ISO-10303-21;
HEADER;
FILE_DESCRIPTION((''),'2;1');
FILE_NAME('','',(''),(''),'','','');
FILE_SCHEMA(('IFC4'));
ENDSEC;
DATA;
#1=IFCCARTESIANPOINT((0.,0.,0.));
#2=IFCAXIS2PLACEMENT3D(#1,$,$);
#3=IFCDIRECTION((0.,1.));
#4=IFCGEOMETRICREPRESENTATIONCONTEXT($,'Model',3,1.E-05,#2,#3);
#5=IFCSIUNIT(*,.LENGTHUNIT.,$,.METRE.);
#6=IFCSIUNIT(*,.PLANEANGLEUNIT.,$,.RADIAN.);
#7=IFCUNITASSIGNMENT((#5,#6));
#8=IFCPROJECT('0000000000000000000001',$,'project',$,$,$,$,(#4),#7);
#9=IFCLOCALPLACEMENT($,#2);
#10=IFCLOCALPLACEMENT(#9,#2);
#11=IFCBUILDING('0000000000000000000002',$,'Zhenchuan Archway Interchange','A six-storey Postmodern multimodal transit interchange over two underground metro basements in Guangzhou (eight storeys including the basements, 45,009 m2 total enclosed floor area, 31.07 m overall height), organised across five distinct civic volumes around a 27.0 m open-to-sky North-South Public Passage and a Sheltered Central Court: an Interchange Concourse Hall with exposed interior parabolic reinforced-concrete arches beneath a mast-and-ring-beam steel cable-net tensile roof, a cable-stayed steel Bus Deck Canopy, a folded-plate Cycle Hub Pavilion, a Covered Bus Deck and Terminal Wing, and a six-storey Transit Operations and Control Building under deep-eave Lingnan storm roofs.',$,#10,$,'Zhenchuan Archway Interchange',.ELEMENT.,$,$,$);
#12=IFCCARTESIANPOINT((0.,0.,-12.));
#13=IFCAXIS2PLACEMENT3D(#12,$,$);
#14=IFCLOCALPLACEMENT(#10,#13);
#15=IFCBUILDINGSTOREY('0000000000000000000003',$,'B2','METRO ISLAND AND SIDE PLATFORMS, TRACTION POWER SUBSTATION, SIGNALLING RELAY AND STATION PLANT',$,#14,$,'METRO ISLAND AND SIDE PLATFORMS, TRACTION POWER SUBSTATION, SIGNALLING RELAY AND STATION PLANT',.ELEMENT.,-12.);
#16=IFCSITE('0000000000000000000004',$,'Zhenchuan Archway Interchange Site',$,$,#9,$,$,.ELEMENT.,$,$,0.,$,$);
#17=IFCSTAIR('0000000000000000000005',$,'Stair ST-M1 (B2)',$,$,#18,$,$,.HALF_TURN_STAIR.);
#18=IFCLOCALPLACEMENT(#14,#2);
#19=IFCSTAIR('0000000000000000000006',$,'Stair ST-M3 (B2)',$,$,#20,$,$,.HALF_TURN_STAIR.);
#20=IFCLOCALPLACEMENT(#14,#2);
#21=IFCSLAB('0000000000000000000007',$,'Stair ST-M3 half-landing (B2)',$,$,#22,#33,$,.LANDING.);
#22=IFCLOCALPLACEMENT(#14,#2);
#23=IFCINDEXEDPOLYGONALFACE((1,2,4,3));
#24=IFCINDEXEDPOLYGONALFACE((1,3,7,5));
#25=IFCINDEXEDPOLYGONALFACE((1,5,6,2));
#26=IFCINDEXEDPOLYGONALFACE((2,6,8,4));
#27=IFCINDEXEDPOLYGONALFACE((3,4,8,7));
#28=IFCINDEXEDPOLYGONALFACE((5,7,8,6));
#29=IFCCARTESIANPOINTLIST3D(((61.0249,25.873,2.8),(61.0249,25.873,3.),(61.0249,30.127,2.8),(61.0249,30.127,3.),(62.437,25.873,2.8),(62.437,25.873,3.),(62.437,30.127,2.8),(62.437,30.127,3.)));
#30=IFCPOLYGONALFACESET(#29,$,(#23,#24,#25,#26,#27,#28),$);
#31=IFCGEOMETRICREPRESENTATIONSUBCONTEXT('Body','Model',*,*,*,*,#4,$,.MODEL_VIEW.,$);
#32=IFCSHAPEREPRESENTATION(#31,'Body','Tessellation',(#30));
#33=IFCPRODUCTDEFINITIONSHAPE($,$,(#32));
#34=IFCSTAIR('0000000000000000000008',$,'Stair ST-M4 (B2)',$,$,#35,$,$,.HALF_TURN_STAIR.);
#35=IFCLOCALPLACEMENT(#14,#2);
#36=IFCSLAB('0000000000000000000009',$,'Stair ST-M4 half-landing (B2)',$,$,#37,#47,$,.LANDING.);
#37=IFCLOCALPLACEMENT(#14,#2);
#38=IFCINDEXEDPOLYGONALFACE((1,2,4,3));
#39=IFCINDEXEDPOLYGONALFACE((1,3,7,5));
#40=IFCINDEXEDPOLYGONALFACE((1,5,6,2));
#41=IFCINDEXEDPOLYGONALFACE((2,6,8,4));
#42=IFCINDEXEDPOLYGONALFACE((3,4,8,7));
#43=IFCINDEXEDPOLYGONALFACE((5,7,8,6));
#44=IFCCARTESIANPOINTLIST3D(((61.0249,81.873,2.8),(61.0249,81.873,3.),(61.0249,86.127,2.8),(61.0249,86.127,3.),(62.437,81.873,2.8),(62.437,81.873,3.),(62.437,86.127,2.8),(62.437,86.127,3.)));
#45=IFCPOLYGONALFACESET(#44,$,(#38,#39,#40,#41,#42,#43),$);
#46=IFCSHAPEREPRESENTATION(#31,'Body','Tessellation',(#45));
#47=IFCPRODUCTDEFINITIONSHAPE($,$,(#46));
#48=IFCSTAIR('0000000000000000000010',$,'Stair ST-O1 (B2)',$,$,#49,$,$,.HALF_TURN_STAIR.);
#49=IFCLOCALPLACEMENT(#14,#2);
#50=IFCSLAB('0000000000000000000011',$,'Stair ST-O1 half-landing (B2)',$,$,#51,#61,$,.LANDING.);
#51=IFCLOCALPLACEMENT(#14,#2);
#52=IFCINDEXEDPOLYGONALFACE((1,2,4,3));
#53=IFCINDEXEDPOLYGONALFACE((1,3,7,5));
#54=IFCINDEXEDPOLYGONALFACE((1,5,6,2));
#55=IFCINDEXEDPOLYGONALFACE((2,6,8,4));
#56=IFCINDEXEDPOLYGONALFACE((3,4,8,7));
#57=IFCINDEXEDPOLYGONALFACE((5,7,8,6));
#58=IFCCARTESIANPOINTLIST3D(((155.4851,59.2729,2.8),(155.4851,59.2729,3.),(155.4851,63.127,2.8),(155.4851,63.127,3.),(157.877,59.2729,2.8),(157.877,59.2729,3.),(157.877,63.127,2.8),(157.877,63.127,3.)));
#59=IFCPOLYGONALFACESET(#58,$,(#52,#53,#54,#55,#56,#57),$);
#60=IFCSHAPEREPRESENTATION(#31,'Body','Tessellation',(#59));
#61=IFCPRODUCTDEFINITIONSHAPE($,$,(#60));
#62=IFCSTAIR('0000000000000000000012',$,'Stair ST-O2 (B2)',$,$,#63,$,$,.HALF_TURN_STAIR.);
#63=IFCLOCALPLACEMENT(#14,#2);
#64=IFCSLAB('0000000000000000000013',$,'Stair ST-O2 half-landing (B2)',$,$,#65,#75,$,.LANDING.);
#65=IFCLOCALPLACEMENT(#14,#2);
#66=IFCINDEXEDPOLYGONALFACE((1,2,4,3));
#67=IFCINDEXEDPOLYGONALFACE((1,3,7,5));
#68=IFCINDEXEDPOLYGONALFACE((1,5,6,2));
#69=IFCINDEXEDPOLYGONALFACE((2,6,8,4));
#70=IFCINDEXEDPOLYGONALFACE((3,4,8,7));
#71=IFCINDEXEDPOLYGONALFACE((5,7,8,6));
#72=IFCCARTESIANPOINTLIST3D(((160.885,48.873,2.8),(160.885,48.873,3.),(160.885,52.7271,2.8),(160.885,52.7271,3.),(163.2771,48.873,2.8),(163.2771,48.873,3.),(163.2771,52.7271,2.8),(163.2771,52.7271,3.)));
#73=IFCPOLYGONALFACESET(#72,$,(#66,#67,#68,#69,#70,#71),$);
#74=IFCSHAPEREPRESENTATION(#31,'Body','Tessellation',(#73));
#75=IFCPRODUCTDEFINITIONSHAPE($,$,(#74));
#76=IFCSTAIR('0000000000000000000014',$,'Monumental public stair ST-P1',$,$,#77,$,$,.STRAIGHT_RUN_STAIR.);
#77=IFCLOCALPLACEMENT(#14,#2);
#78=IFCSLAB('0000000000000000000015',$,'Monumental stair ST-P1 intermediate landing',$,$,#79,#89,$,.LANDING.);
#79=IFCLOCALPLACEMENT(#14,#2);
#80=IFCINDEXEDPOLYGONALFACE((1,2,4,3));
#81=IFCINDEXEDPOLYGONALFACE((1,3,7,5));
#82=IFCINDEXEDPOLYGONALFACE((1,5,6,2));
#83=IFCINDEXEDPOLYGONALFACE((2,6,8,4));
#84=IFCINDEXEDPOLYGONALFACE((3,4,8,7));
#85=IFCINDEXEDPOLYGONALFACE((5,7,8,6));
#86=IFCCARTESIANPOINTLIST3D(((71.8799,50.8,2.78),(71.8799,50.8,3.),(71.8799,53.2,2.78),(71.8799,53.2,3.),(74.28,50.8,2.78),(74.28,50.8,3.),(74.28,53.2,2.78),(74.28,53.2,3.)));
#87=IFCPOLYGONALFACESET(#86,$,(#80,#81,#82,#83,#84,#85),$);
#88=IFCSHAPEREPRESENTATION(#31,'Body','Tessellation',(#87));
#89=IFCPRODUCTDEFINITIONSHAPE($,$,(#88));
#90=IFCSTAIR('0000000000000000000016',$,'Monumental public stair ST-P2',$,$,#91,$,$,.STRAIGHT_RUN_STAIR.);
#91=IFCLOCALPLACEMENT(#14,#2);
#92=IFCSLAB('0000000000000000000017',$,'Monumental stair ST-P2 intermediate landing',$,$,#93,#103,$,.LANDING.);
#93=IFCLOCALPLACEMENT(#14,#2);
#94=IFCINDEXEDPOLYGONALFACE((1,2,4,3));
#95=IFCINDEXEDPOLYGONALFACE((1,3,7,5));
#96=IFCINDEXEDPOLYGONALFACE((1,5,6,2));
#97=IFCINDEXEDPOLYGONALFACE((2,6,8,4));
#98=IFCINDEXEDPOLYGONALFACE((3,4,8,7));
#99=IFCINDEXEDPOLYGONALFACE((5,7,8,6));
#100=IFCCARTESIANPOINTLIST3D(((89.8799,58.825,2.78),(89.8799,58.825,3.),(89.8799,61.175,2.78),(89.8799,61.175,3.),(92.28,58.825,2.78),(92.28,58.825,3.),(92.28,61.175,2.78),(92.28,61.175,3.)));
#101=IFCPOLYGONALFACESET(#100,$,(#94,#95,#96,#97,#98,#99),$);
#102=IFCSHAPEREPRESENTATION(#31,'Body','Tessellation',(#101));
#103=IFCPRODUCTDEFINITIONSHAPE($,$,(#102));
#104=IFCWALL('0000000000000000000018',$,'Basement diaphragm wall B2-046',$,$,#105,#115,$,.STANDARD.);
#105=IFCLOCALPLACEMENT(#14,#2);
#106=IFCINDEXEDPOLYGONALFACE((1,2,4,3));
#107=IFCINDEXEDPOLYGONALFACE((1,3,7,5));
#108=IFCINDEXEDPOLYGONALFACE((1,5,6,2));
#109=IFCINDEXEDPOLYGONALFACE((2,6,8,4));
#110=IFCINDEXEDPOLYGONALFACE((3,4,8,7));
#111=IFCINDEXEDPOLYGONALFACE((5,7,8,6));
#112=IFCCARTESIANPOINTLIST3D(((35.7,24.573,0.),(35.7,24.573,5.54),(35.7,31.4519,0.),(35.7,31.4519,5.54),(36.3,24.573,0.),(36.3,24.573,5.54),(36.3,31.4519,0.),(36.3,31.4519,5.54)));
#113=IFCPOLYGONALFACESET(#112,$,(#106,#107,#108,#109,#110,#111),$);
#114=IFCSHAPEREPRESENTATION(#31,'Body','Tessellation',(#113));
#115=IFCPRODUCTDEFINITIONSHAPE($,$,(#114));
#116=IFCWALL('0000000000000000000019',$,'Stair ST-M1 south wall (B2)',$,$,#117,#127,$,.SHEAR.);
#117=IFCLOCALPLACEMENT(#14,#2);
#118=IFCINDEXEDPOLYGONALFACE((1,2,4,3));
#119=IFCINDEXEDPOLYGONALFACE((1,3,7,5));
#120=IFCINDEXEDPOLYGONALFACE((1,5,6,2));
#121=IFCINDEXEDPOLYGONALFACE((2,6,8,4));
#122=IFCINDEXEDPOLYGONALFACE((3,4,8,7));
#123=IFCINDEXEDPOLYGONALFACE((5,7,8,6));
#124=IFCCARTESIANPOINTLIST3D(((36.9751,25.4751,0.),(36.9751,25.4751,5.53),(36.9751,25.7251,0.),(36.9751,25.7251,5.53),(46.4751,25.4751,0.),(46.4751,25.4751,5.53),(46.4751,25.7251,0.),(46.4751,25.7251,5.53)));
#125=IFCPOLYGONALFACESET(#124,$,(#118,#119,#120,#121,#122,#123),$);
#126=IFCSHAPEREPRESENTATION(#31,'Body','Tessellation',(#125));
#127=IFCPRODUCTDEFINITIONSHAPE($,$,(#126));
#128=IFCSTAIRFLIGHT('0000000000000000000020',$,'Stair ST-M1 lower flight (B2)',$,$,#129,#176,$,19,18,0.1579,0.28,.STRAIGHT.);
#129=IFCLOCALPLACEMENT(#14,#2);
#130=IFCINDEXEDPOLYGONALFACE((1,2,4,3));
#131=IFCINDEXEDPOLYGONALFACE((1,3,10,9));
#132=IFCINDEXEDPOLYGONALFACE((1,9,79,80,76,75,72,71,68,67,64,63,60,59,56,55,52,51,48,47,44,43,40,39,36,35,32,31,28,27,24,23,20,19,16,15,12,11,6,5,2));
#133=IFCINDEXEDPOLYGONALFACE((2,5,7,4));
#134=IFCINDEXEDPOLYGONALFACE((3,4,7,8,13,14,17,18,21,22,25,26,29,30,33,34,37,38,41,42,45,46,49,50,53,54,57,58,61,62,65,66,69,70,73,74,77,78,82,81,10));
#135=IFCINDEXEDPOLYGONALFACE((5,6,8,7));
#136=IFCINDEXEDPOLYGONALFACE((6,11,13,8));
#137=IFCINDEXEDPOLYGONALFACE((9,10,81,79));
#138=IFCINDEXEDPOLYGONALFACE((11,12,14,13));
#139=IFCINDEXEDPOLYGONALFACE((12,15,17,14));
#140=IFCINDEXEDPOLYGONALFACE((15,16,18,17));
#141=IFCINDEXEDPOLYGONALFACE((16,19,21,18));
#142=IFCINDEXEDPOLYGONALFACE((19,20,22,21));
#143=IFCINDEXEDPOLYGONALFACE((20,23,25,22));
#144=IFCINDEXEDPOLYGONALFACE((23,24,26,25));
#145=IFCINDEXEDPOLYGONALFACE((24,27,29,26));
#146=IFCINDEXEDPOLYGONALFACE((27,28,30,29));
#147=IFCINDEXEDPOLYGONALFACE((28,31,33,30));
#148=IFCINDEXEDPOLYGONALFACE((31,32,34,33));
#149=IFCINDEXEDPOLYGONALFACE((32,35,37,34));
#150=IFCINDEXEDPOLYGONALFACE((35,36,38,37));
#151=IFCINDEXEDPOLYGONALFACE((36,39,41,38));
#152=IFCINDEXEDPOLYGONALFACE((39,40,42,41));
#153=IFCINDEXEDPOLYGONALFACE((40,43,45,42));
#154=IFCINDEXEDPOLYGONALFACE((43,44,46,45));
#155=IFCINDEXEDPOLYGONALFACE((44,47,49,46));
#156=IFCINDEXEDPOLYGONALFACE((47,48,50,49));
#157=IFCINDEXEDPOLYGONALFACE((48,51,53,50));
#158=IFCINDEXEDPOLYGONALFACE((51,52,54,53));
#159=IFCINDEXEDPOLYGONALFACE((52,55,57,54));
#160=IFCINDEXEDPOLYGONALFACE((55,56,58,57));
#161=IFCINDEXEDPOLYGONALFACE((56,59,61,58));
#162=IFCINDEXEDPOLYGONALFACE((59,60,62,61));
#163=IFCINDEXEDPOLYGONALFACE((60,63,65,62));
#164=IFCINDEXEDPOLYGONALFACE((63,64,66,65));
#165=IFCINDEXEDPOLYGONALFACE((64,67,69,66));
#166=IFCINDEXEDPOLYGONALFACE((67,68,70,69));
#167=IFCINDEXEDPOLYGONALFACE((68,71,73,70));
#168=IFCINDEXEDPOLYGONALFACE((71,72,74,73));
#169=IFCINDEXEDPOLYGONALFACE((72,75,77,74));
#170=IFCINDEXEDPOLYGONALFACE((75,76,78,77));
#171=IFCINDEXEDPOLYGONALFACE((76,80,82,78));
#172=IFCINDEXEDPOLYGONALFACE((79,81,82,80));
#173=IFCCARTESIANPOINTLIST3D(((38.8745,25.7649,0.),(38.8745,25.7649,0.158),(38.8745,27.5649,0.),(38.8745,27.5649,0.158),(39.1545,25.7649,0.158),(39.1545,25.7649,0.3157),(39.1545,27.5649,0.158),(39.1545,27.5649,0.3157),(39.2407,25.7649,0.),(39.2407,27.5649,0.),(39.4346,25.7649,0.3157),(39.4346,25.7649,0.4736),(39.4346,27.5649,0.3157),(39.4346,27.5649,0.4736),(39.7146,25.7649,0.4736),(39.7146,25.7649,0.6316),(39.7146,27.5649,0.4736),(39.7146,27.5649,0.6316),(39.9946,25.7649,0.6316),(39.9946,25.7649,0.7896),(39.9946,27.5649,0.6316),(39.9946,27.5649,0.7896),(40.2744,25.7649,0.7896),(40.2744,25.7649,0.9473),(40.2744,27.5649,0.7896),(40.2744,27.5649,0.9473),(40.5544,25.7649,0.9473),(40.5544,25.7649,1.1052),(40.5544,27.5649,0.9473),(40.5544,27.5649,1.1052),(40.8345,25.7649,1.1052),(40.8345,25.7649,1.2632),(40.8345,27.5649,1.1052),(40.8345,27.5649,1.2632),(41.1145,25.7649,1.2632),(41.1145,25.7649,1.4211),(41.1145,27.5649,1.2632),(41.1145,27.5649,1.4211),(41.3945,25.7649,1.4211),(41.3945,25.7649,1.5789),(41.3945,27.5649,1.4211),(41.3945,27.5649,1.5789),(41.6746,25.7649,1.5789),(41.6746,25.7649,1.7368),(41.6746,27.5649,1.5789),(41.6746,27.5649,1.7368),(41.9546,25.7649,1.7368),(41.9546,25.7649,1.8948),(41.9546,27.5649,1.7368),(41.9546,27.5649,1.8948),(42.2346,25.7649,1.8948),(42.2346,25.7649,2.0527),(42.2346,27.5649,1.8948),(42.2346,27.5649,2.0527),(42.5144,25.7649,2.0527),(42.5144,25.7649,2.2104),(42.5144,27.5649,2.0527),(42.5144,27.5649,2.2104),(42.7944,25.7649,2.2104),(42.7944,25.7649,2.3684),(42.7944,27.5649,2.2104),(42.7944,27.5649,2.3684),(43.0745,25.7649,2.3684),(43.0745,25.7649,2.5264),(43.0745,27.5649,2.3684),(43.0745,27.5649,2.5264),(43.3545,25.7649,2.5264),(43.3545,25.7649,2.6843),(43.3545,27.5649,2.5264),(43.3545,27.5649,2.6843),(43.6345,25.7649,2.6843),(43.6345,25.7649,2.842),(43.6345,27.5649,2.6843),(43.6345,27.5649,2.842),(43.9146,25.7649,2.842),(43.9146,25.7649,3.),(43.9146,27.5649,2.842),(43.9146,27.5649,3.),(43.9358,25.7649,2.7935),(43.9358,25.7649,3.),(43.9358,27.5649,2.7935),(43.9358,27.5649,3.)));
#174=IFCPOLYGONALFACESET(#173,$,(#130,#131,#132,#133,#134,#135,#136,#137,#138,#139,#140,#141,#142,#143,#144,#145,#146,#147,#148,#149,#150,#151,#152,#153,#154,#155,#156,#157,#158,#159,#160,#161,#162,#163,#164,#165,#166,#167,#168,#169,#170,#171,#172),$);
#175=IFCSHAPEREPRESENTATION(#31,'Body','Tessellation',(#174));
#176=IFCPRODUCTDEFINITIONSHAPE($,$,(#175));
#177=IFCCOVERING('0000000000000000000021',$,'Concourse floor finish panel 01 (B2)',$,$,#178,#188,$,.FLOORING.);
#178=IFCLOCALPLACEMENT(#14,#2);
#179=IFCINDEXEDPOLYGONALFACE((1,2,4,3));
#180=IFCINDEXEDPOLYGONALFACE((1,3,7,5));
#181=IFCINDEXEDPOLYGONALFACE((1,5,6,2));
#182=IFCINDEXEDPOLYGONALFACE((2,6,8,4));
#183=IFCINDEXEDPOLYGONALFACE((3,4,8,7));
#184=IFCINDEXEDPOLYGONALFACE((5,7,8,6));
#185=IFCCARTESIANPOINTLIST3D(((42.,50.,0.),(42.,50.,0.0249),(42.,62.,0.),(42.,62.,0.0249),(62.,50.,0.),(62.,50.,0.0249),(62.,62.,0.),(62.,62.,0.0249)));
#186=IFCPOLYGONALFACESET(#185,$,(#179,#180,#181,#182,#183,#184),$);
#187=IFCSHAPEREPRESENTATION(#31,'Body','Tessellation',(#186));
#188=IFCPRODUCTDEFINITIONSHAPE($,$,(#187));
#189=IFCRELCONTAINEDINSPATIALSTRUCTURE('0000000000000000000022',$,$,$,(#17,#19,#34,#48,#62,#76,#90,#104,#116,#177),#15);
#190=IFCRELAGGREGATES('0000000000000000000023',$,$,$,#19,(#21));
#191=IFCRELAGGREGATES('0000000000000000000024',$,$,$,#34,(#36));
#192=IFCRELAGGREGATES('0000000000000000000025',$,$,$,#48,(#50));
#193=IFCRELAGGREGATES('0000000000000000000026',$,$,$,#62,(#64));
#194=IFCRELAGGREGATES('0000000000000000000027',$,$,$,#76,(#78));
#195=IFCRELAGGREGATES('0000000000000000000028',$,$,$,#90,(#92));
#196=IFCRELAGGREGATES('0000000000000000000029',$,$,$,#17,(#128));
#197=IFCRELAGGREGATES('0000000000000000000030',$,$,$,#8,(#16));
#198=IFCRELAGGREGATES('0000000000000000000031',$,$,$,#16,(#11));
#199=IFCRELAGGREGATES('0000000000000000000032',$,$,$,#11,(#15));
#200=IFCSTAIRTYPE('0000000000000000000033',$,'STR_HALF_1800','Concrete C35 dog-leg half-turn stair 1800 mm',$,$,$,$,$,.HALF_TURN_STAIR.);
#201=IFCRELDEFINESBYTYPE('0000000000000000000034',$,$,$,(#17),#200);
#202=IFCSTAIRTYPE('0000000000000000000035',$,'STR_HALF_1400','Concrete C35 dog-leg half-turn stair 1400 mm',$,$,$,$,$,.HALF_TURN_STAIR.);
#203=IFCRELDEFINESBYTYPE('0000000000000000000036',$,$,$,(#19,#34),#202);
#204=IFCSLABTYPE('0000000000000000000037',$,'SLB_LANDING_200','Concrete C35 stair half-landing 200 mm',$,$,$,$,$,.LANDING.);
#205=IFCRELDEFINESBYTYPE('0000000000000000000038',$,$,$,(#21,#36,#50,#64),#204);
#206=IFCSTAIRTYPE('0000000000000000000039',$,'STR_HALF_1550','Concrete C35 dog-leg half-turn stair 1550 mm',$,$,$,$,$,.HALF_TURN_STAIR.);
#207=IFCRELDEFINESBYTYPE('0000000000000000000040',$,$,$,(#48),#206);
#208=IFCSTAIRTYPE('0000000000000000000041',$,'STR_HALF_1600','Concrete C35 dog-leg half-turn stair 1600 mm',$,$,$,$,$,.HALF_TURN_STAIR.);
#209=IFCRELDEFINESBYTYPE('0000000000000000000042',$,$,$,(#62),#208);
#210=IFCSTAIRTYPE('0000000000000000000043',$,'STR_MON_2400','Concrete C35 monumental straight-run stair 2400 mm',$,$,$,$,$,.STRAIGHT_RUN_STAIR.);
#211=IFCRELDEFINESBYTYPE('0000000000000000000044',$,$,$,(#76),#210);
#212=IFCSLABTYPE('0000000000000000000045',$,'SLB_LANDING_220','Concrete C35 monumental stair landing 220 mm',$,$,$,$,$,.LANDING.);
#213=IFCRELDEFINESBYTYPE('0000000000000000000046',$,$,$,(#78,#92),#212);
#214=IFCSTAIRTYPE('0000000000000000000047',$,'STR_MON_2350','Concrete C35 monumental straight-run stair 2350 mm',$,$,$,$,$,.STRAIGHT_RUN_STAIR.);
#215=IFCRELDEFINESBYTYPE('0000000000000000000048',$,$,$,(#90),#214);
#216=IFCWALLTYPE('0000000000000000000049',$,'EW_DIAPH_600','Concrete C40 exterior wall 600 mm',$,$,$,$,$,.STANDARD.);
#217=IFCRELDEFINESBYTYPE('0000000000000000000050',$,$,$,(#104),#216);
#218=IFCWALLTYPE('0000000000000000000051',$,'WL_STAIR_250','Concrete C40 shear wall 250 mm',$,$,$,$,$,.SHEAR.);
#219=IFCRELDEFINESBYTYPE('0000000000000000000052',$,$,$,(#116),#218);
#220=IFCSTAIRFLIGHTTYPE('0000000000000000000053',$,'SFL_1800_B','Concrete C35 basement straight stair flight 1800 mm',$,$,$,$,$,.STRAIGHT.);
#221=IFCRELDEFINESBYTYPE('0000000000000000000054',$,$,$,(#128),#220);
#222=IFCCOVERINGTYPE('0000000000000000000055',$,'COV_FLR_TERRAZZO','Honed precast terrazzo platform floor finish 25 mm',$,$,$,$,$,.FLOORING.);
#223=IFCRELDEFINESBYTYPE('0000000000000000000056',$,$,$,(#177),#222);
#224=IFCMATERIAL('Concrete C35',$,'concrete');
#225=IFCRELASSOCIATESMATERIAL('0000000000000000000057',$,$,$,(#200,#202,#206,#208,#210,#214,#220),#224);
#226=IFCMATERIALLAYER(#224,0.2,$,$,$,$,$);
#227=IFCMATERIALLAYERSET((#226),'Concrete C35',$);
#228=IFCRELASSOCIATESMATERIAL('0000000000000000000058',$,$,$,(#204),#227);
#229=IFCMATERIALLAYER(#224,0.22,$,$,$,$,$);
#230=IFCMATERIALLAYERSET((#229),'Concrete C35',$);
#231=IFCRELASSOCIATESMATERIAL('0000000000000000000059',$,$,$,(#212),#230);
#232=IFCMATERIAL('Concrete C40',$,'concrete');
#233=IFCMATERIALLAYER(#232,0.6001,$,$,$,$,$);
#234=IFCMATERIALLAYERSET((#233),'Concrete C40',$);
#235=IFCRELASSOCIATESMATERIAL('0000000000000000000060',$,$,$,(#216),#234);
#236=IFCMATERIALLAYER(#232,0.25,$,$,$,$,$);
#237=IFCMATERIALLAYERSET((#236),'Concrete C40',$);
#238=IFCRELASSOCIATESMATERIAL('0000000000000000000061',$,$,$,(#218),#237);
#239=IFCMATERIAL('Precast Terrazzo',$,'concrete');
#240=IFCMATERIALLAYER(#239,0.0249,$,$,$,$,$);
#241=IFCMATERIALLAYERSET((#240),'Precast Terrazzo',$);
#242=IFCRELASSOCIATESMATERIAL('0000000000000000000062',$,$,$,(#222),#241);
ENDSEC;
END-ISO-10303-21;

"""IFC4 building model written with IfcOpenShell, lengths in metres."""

from ifc_helpers import new_model, si_unit, direction, frame, frame_2d, origin, place, context, subcontext, project, spatial, polyline, rectangle, outline, extrude, material, layer, layer_set, type_object, element, aggregate, save


model = new_model("IFC4")

# Units and contexts
model_context = context("Model", 3, precision=1e-05, world=origin(), true_north=direction((0.0, 1.0)))
body_context = subcontext(model_context, "Body", "Model", "MODEL_VIEW")
ifc_project = project(units=[si_unit("LENGTHUNIT", "METRE"), si_unit("PLANEANGLEUNIT", "RADIAN")], contexts=[model_context])

# Site, building, storey
site_placement = place(None, origin())
site = spatial("IfcSite", under=ifc_project, at=site_placement, Name="Zhenchuan Archway Interchange Site", CompositionType="ELEMENT", RefElevation=0.0)
building_placement = place(site_placement, origin())
building = spatial("IfcBuilding", under=site, at=building_placement, Name="Zhenchuan Archway Interchange", Description="A six-storey Postmodern multimodal transit interchange over two underground metro basements in Guangzhou (eight storeys including the basements, 45,009 m2 total enclosed floor area, 31.07 m overall height), organised across five distinct civic volumes around a 27.0 m open-to-sky North-South Public Passage and a Sheltered Central Court: an Interchange Concourse Hall with exposed interior parabolic reinforced-concrete arches beneath a mast-and-ring-beam steel cable-net tensile roof, a cable-stayed steel Bus Deck Canopy, a folded-plate Cycle Hub Pavilion, a Covered Bus Deck and Terminal Wing, and a six-storey Transit Operations and Control Building under deep-eave Lingnan storm roofs.", LongName="Zhenchuan Archway Interchange", CompositionType="ELEMENT")
storey_placement = place(building_placement, frame((0.0, 0.0, -12.0)))
storey = spatial("IfcBuildingStorey", under=building, at=storey_placement, Name="B2", Description="METRO ISLAND AND SIDE PLATFORMS, TRACTION POWER SUBSTATION, SIGNALLING RELAY AND STATION PLANT", LongName="METRO ISLAND AND SIDE PLATFORMS, TRACTION POWER SUBSTATION, SIGNALLING RELAY AND STATION PLANT", CompositionType="ELEMENT", Elevation=-12.0)

# Shared definitions
ifc_material_1 = material(Name="Concrete C40", Category="concrete")

# Shared definitions
ifc_material_2 = material(Name="Concrete C35", Category="concrete")

# Stairs, slabs
stair_type_1 = type_object("IfcStairType", Name="STR_HALF_1800", Description="Concrete C35 dog-leg half-turn stair 1800 mm", PredefinedType="HALF_TURN_STAIR", material=ifc_material_2)
stair_1_placement = place(storey_placement, origin())
stair_1 = element("IfcStair", 1, at=stair_1_placement, inside=storey, type_object=stair_type_1, Name="Stair ST-M1 (B2)", PredefinedType="HALF_TURN_STAIR")
ifc_layer_1 = layer(ifc_material_2, 0.2)
ifc_layer_set_1 = layer_set([ifc_layer_1], Name="Concrete C35")
slab_type_1 = type_object("IfcSlabType", Name="SLB_LANDING_200", Description="Concrete C35 stair half-landing 200 mm", PredefinedType="LANDING", material=ifc_layer_set_1)
stair_type_2 = type_object("IfcStairType", Name="STR_HALF_1400", Description="Concrete C35 dog-leg half-turn stair 1400 mm", PredefinedType="HALF_TURN_STAIR", material=ifc_material_2)
stair_2_placement = place(storey_placement, origin())
stair_2 = element("IfcStair", 2, at=stair_2_placement, inside=storey, type_object=stair_type_2, Name="Stair ST-M3 (B2)", PredefinedType="HALF_TURN_STAIR")
slab_1_placement = place(storey_placement, frame((0.0, 0.0, 2.8)))
slab_1 = element("IfcSlab", 3, at=slab_1_placement, type_object=slab_type_1, Name="Stair ST-M3 half-landing (B2)", PredefinedType="LANDING", context=body_context, shape_type="SweptSolid", body=[
    extrude(outline(polyline([(61.0249, 25.873), (62.437, 25.873), (62.437, 30.127), (61.0249, 30.127), (61.0249, 25.873)])), origin(), (0.0, 0.0, 1.0), 0.2),
])
aggregate(stair_2, [slab_1])
stair_3_placement = place(storey_placement, origin())
stair_3 = element("IfcStair", 4, at=stair_3_placement, inside=storey, type_object=stair_type_2, Name="Stair ST-M4 (B2)", PredefinedType="HALF_TURN_STAIR")
slab_2_placement = place(storey_placement, frame((0.0, 0.0, 2.8)))
slab_2 = element("IfcSlab", 5, at=slab_2_placement, type_object=slab_type_1, Name="Stair ST-M4 half-landing (B2)", PredefinedType="LANDING", context=body_context, shape_type="SweptSolid", body=[
    extrude(outline(polyline([(61.0249, 81.873), (62.437, 81.873), (62.437, 86.127), (61.0249, 86.127), (61.0249, 81.873)])), origin(), (0.0, 0.0, 1.0), 0.2),
])
aggregate(stair_3, [slab_2])
stair_type_3 = type_object("IfcStairType", Name="STR_HALF_1550", Description="Concrete C35 dog-leg half-turn stair 1550 mm", PredefinedType="HALF_TURN_STAIR", material=ifc_material_2)
stair_4_placement = place(storey_placement, origin())
stair_4 = element("IfcStair", 6, at=stair_4_placement, inside=storey, type_object=stair_type_3, Name="Stair ST-O1 (B2)", PredefinedType="HALF_TURN_STAIR")
slab_3_placement = place(storey_placement, frame((0.0, 0.0, 2.8)))
slab_3 = element("IfcSlab", 7, at=slab_3_placement, type_object=slab_type_1, Name="Stair ST-O1 half-landing (B2)", PredefinedType="LANDING", context=body_context, shape_type="SweptSolid", body=[
    extrude(outline(polyline([(155.4851, 59.2729), (157.877, 59.2729), (157.877, 63.127), (155.4851, 63.127), (155.4851, 59.2729)])), origin(), (0.0, 0.0, 1.0), 0.2),
])
aggregate(stair_4, [slab_3])
stair_type_4 = type_object("IfcStairType", Name="STR_HALF_1600", Description="Concrete C35 dog-leg half-turn stair 1600 mm", PredefinedType="HALF_TURN_STAIR", material=ifc_material_2)
stair_5_placement = place(storey_placement, origin())
stair_5 = element("IfcStair", 8, at=stair_5_placement, inside=storey, type_object=stair_type_4, Name="Stair ST-O2 (B2)", PredefinedType="HALF_TURN_STAIR")
slab_4_placement = place(storey_placement, frame((0.0, 0.0, 2.8)))
slab_4 = element("IfcSlab", 9, at=slab_4_placement, type_object=slab_type_1, Name="Stair ST-O2 half-landing (B2)", PredefinedType="LANDING", context=body_context, shape_type="SweptSolid", body=[
    extrude(outline(polyline([(160.885, 48.873), (163.2771, 48.873), (163.2771, 52.7271), (160.885, 52.7271), (160.885, 48.873)])), origin(), (0.0, 0.0, 1.0), 0.2),
])
aggregate(stair_5, [slab_4])
stair_type_5 = type_object("IfcStairType", Name="STR_MON_2400", Description="Concrete C35 monumental straight-run stair 2400 mm", PredefinedType="STRAIGHT_RUN_STAIR", material=ifc_material_2)
stair_6_placement = place(storey_placement, origin())
stair_6 = element("IfcStair", 10, at=stair_6_placement, inside=storey, type_object=stair_type_5, Name="Monumental public stair ST-P1", PredefinedType="STRAIGHT_RUN_STAIR")
ifc_layer_2 = layer(ifc_material_2, 0.22)
ifc_layer_set_2 = layer_set([ifc_layer_2], Name="Concrete C35")
slab_type_2 = type_object("IfcSlabType", Name="SLB_LANDING_220", Description="Concrete C35 monumental stair landing 220 mm", PredefinedType="LANDING", material=ifc_layer_set_2)
slab_5_placement = place(storey_placement, frame((0.0, 0.0, 2.78)))
slab_5 = element("IfcSlab", 11, at=slab_5_placement, type_object=slab_type_2, Name="Monumental stair ST-P1 intermediate landing", PredefinedType="LANDING", context=body_context, shape_type="SweptSolid", body=[
    extrude(outline(polyline([(71.8799, 50.8), (74.28, 50.8), (74.28, 53.2), (71.8799, 53.2), (71.8799, 50.8)])), origin(), (0.0, 0.0, 1.0), 0.22),
])
aggregate(stair_6, [slab_5])
stair_type_6 = type_object("IfcStairType", Name="STR_MON_2350", Description="Concrete C35 monumental straight-run stair 2350 mm", PredefinedType="STRAIGHT_RUN_STAIR", material=ifc_material_2)
stair_7_placement = place(storey_placement, origin())
stair_7 = element("IfcStair", 12, at=stair_7_placement, inside=storey, type_object=stair_type_6, Name="Monumental public stair ST-P2", PredefinedType="STRAIGHT_RUN_STAIR")
slab_6_placement = place(storey_placement, frame((0.0, 0.0, 2.78)))
slab_6 = element("IfcSlab", 13, at=slab_6_placement, type_object=slab_type_2, Name="Monumental stair ST-P2 intermediate landing", PredefinedType="LANDING", context=body_context, shape_type="SweptSolid", body=[
    extrude(outline(polyline([(89.8799, 58.825), (92.28, 58.825), (92.28, 61.175), (89.8799, 61.175), (89.8799, 58.825)])), origin(), (0.0, 0.0, 1.0), 0.22),
])
aggregate(stair_7, [slab_6])

# Walls
ifc_layer_3 = layer(ifc_material_1, 0.6001)
ifc_layer_set_3 = layer_set([ifc_layer_3], Name="Concrete C40")
wall_type_1 = type_object("IfcWallType", Name="EW_DIAPH_600", Description="Concrete C40 exterior wall 600 mm", PredefinedType="STANDARD", material=ifc_layer_set_3)
wall_1_placement = place(storey_placement, frame((36.0, 24.573, 0.0), z_axis=(0.0, 0.0, 1.0), x_axis=(0.0, 1.0, 0.0)))
element("IfcWall", 14, at=wall_1_placement, inside=storey, type_object=wall_type_1, Name="Basement diaphragm wall B2-046", PredefinedType="STANDARD", context=body_context, shape_type="SweptSolid", body=[
    extrude(rectangle(XDim=6.8789, YDim=0.6001, at=frame_2d((3.4395, 0.0))), origin(), (0.0, 0.0, 1.0), 5.54),
])
ifc_layer_4 = layer(ifc_material_1, 0.25)
ifc_layer_set_4 = layer_set([ifc_layer_4], Name="Concrete C40")
wall_type_2 = type_object("IfcWallType", Name="WL_STAIR_250", Description="Concrete C40 shear wall 250 mm", PredefinedType="SHEAR", material=ifc_layer_set_4)
wall_2_placement = place(storey_placement, frame((36.9751, 25.6001, 0.0), z_axis=(0.0, 0.0, 1.0), x_axis=(1.0, 0.0, 0.0)))
element("IfcWall", 15, at=wall_2_placement, inside=storey, type_object=wall_type_2, Name="Stair ST-M1 south wall (B2)", PredefinedType="SHEAR", context=body_context, shape_type="SweptSolid", body=[
    extrude(rectangle(XDim=9.5, YDim=0.25, at=frame_2d((4.75, 0.0))), origin(), (0.0, 0.0, 1.0), 5.53),
])

# Stair flight
stair_flight_type = type_object("IfcStairFlightType", Name="SFL_1800_B", Description="Concrete C35 basement straight stair flight 1800 mm", PredefinedType="STRAIGHT", material=ifc_material_2)
stair_flight_placement = place(storey_placement, frame((38.8745, 26.665, 0.0), z_axis=(0.0, 0.0, 1.0), x_axis=(1.0, 0.0, 0.0)))
stair_flight = element("IfcStairFlight", 16, at=stair_flight_placement, type_object=stair_flight_type, Name="Stair ST-M1 lower flight (B2)", NumberOfRisers=19, NumberOfTreads=18, PredefinedType="STRAIGHT", RiserHeight=0.1579, TreadLength=0.28, context=body_context, shape_type="SweptSolid", body=[
    extrude(outline(polyline([(0.0, 0.0), (0.0, 0.158), (0.28, 0.158), (0.28, 0.3157), (0.5601, 0.3157), (0.5601, 0.4736), (0.8401, 0.4736), (0.8401, 0.6316), (1.1201, 0.6316), (1.1201, 0.7896), (1.3999, 0.7896), (1.3999, 0.9473), (1.6799, 0.9473), (1.6799, 1.1052), (1.96, 1.1052), (1.96, 1.2632), (2.24, 1.2632), (2.24, 1.4211), (2.52, 1.4211), (2.52, 1.5789), (2.8, 1.5789), (2.8, 1.7368), (3.0801, 1.7368), (3.0801, 1.8948), (3.3601, 1.8948), (3.3601, 2.0527), (3.6399, 2.0527), (3.6399, 2.2104), (3.9199, 2.2104), (3.9199, 2.3684), (4.2, 2.3684), (4.2, 2.5264), (4.48, 2.5264), (4.48, 2.6843), (4.76, 2.6843), (4.76, 2.842), (5.04, 2.842), (5.04, 3.0), (5.0613, 3.0), (5.0613, 2.7935), (0.3662, 0.0), (0.0, 0.0)])), frame((0.0, 0.8999, 0.0), z_axis=(0.0, -1.0, 0.0), x_axis=(1.0, 0.0, 0.0)), (0.0, 0.0, 1.0), 1.8),
])
aggregate(stair_1, [stair_flight])

# Covering
ifc_material_3 = material(Name="Precast Terrazzo", Category="concrete")
ifc_layer_5 = layer(ifc_material_3, 0.0249)
ifc_layer_set_5 = layer_set([ifc_layer_5], Name="Precast Terrazzo")
covering_type = type_object("IfcCoveringType", Name="COV_FLR_TERRAZZO", Description="Honed precast terrazzo platform floor finish 25 mm", PredefinedType="FLOORING", material=ifc_layer_set_5)
covering_placement = place(storey_placement, origin())
element("IfcCovering", 17, at=covering_placement, inside=storey, type_object=covering_type, Name="Concourse floor finish panel 01 (B2)", PredefinedType="FLOORING", context=body_context, shape_type="SweptSolid", body=[
    extrude(outline(polyline([(42.0, 50.0), (62.0, 50.0), (62.0, 62.0), (42.0, 62.0), (42.0, 50.0)])), origin(), (0.0, 0.0, 1.0), 0.0249),
])

save(model, "model.ifc")
